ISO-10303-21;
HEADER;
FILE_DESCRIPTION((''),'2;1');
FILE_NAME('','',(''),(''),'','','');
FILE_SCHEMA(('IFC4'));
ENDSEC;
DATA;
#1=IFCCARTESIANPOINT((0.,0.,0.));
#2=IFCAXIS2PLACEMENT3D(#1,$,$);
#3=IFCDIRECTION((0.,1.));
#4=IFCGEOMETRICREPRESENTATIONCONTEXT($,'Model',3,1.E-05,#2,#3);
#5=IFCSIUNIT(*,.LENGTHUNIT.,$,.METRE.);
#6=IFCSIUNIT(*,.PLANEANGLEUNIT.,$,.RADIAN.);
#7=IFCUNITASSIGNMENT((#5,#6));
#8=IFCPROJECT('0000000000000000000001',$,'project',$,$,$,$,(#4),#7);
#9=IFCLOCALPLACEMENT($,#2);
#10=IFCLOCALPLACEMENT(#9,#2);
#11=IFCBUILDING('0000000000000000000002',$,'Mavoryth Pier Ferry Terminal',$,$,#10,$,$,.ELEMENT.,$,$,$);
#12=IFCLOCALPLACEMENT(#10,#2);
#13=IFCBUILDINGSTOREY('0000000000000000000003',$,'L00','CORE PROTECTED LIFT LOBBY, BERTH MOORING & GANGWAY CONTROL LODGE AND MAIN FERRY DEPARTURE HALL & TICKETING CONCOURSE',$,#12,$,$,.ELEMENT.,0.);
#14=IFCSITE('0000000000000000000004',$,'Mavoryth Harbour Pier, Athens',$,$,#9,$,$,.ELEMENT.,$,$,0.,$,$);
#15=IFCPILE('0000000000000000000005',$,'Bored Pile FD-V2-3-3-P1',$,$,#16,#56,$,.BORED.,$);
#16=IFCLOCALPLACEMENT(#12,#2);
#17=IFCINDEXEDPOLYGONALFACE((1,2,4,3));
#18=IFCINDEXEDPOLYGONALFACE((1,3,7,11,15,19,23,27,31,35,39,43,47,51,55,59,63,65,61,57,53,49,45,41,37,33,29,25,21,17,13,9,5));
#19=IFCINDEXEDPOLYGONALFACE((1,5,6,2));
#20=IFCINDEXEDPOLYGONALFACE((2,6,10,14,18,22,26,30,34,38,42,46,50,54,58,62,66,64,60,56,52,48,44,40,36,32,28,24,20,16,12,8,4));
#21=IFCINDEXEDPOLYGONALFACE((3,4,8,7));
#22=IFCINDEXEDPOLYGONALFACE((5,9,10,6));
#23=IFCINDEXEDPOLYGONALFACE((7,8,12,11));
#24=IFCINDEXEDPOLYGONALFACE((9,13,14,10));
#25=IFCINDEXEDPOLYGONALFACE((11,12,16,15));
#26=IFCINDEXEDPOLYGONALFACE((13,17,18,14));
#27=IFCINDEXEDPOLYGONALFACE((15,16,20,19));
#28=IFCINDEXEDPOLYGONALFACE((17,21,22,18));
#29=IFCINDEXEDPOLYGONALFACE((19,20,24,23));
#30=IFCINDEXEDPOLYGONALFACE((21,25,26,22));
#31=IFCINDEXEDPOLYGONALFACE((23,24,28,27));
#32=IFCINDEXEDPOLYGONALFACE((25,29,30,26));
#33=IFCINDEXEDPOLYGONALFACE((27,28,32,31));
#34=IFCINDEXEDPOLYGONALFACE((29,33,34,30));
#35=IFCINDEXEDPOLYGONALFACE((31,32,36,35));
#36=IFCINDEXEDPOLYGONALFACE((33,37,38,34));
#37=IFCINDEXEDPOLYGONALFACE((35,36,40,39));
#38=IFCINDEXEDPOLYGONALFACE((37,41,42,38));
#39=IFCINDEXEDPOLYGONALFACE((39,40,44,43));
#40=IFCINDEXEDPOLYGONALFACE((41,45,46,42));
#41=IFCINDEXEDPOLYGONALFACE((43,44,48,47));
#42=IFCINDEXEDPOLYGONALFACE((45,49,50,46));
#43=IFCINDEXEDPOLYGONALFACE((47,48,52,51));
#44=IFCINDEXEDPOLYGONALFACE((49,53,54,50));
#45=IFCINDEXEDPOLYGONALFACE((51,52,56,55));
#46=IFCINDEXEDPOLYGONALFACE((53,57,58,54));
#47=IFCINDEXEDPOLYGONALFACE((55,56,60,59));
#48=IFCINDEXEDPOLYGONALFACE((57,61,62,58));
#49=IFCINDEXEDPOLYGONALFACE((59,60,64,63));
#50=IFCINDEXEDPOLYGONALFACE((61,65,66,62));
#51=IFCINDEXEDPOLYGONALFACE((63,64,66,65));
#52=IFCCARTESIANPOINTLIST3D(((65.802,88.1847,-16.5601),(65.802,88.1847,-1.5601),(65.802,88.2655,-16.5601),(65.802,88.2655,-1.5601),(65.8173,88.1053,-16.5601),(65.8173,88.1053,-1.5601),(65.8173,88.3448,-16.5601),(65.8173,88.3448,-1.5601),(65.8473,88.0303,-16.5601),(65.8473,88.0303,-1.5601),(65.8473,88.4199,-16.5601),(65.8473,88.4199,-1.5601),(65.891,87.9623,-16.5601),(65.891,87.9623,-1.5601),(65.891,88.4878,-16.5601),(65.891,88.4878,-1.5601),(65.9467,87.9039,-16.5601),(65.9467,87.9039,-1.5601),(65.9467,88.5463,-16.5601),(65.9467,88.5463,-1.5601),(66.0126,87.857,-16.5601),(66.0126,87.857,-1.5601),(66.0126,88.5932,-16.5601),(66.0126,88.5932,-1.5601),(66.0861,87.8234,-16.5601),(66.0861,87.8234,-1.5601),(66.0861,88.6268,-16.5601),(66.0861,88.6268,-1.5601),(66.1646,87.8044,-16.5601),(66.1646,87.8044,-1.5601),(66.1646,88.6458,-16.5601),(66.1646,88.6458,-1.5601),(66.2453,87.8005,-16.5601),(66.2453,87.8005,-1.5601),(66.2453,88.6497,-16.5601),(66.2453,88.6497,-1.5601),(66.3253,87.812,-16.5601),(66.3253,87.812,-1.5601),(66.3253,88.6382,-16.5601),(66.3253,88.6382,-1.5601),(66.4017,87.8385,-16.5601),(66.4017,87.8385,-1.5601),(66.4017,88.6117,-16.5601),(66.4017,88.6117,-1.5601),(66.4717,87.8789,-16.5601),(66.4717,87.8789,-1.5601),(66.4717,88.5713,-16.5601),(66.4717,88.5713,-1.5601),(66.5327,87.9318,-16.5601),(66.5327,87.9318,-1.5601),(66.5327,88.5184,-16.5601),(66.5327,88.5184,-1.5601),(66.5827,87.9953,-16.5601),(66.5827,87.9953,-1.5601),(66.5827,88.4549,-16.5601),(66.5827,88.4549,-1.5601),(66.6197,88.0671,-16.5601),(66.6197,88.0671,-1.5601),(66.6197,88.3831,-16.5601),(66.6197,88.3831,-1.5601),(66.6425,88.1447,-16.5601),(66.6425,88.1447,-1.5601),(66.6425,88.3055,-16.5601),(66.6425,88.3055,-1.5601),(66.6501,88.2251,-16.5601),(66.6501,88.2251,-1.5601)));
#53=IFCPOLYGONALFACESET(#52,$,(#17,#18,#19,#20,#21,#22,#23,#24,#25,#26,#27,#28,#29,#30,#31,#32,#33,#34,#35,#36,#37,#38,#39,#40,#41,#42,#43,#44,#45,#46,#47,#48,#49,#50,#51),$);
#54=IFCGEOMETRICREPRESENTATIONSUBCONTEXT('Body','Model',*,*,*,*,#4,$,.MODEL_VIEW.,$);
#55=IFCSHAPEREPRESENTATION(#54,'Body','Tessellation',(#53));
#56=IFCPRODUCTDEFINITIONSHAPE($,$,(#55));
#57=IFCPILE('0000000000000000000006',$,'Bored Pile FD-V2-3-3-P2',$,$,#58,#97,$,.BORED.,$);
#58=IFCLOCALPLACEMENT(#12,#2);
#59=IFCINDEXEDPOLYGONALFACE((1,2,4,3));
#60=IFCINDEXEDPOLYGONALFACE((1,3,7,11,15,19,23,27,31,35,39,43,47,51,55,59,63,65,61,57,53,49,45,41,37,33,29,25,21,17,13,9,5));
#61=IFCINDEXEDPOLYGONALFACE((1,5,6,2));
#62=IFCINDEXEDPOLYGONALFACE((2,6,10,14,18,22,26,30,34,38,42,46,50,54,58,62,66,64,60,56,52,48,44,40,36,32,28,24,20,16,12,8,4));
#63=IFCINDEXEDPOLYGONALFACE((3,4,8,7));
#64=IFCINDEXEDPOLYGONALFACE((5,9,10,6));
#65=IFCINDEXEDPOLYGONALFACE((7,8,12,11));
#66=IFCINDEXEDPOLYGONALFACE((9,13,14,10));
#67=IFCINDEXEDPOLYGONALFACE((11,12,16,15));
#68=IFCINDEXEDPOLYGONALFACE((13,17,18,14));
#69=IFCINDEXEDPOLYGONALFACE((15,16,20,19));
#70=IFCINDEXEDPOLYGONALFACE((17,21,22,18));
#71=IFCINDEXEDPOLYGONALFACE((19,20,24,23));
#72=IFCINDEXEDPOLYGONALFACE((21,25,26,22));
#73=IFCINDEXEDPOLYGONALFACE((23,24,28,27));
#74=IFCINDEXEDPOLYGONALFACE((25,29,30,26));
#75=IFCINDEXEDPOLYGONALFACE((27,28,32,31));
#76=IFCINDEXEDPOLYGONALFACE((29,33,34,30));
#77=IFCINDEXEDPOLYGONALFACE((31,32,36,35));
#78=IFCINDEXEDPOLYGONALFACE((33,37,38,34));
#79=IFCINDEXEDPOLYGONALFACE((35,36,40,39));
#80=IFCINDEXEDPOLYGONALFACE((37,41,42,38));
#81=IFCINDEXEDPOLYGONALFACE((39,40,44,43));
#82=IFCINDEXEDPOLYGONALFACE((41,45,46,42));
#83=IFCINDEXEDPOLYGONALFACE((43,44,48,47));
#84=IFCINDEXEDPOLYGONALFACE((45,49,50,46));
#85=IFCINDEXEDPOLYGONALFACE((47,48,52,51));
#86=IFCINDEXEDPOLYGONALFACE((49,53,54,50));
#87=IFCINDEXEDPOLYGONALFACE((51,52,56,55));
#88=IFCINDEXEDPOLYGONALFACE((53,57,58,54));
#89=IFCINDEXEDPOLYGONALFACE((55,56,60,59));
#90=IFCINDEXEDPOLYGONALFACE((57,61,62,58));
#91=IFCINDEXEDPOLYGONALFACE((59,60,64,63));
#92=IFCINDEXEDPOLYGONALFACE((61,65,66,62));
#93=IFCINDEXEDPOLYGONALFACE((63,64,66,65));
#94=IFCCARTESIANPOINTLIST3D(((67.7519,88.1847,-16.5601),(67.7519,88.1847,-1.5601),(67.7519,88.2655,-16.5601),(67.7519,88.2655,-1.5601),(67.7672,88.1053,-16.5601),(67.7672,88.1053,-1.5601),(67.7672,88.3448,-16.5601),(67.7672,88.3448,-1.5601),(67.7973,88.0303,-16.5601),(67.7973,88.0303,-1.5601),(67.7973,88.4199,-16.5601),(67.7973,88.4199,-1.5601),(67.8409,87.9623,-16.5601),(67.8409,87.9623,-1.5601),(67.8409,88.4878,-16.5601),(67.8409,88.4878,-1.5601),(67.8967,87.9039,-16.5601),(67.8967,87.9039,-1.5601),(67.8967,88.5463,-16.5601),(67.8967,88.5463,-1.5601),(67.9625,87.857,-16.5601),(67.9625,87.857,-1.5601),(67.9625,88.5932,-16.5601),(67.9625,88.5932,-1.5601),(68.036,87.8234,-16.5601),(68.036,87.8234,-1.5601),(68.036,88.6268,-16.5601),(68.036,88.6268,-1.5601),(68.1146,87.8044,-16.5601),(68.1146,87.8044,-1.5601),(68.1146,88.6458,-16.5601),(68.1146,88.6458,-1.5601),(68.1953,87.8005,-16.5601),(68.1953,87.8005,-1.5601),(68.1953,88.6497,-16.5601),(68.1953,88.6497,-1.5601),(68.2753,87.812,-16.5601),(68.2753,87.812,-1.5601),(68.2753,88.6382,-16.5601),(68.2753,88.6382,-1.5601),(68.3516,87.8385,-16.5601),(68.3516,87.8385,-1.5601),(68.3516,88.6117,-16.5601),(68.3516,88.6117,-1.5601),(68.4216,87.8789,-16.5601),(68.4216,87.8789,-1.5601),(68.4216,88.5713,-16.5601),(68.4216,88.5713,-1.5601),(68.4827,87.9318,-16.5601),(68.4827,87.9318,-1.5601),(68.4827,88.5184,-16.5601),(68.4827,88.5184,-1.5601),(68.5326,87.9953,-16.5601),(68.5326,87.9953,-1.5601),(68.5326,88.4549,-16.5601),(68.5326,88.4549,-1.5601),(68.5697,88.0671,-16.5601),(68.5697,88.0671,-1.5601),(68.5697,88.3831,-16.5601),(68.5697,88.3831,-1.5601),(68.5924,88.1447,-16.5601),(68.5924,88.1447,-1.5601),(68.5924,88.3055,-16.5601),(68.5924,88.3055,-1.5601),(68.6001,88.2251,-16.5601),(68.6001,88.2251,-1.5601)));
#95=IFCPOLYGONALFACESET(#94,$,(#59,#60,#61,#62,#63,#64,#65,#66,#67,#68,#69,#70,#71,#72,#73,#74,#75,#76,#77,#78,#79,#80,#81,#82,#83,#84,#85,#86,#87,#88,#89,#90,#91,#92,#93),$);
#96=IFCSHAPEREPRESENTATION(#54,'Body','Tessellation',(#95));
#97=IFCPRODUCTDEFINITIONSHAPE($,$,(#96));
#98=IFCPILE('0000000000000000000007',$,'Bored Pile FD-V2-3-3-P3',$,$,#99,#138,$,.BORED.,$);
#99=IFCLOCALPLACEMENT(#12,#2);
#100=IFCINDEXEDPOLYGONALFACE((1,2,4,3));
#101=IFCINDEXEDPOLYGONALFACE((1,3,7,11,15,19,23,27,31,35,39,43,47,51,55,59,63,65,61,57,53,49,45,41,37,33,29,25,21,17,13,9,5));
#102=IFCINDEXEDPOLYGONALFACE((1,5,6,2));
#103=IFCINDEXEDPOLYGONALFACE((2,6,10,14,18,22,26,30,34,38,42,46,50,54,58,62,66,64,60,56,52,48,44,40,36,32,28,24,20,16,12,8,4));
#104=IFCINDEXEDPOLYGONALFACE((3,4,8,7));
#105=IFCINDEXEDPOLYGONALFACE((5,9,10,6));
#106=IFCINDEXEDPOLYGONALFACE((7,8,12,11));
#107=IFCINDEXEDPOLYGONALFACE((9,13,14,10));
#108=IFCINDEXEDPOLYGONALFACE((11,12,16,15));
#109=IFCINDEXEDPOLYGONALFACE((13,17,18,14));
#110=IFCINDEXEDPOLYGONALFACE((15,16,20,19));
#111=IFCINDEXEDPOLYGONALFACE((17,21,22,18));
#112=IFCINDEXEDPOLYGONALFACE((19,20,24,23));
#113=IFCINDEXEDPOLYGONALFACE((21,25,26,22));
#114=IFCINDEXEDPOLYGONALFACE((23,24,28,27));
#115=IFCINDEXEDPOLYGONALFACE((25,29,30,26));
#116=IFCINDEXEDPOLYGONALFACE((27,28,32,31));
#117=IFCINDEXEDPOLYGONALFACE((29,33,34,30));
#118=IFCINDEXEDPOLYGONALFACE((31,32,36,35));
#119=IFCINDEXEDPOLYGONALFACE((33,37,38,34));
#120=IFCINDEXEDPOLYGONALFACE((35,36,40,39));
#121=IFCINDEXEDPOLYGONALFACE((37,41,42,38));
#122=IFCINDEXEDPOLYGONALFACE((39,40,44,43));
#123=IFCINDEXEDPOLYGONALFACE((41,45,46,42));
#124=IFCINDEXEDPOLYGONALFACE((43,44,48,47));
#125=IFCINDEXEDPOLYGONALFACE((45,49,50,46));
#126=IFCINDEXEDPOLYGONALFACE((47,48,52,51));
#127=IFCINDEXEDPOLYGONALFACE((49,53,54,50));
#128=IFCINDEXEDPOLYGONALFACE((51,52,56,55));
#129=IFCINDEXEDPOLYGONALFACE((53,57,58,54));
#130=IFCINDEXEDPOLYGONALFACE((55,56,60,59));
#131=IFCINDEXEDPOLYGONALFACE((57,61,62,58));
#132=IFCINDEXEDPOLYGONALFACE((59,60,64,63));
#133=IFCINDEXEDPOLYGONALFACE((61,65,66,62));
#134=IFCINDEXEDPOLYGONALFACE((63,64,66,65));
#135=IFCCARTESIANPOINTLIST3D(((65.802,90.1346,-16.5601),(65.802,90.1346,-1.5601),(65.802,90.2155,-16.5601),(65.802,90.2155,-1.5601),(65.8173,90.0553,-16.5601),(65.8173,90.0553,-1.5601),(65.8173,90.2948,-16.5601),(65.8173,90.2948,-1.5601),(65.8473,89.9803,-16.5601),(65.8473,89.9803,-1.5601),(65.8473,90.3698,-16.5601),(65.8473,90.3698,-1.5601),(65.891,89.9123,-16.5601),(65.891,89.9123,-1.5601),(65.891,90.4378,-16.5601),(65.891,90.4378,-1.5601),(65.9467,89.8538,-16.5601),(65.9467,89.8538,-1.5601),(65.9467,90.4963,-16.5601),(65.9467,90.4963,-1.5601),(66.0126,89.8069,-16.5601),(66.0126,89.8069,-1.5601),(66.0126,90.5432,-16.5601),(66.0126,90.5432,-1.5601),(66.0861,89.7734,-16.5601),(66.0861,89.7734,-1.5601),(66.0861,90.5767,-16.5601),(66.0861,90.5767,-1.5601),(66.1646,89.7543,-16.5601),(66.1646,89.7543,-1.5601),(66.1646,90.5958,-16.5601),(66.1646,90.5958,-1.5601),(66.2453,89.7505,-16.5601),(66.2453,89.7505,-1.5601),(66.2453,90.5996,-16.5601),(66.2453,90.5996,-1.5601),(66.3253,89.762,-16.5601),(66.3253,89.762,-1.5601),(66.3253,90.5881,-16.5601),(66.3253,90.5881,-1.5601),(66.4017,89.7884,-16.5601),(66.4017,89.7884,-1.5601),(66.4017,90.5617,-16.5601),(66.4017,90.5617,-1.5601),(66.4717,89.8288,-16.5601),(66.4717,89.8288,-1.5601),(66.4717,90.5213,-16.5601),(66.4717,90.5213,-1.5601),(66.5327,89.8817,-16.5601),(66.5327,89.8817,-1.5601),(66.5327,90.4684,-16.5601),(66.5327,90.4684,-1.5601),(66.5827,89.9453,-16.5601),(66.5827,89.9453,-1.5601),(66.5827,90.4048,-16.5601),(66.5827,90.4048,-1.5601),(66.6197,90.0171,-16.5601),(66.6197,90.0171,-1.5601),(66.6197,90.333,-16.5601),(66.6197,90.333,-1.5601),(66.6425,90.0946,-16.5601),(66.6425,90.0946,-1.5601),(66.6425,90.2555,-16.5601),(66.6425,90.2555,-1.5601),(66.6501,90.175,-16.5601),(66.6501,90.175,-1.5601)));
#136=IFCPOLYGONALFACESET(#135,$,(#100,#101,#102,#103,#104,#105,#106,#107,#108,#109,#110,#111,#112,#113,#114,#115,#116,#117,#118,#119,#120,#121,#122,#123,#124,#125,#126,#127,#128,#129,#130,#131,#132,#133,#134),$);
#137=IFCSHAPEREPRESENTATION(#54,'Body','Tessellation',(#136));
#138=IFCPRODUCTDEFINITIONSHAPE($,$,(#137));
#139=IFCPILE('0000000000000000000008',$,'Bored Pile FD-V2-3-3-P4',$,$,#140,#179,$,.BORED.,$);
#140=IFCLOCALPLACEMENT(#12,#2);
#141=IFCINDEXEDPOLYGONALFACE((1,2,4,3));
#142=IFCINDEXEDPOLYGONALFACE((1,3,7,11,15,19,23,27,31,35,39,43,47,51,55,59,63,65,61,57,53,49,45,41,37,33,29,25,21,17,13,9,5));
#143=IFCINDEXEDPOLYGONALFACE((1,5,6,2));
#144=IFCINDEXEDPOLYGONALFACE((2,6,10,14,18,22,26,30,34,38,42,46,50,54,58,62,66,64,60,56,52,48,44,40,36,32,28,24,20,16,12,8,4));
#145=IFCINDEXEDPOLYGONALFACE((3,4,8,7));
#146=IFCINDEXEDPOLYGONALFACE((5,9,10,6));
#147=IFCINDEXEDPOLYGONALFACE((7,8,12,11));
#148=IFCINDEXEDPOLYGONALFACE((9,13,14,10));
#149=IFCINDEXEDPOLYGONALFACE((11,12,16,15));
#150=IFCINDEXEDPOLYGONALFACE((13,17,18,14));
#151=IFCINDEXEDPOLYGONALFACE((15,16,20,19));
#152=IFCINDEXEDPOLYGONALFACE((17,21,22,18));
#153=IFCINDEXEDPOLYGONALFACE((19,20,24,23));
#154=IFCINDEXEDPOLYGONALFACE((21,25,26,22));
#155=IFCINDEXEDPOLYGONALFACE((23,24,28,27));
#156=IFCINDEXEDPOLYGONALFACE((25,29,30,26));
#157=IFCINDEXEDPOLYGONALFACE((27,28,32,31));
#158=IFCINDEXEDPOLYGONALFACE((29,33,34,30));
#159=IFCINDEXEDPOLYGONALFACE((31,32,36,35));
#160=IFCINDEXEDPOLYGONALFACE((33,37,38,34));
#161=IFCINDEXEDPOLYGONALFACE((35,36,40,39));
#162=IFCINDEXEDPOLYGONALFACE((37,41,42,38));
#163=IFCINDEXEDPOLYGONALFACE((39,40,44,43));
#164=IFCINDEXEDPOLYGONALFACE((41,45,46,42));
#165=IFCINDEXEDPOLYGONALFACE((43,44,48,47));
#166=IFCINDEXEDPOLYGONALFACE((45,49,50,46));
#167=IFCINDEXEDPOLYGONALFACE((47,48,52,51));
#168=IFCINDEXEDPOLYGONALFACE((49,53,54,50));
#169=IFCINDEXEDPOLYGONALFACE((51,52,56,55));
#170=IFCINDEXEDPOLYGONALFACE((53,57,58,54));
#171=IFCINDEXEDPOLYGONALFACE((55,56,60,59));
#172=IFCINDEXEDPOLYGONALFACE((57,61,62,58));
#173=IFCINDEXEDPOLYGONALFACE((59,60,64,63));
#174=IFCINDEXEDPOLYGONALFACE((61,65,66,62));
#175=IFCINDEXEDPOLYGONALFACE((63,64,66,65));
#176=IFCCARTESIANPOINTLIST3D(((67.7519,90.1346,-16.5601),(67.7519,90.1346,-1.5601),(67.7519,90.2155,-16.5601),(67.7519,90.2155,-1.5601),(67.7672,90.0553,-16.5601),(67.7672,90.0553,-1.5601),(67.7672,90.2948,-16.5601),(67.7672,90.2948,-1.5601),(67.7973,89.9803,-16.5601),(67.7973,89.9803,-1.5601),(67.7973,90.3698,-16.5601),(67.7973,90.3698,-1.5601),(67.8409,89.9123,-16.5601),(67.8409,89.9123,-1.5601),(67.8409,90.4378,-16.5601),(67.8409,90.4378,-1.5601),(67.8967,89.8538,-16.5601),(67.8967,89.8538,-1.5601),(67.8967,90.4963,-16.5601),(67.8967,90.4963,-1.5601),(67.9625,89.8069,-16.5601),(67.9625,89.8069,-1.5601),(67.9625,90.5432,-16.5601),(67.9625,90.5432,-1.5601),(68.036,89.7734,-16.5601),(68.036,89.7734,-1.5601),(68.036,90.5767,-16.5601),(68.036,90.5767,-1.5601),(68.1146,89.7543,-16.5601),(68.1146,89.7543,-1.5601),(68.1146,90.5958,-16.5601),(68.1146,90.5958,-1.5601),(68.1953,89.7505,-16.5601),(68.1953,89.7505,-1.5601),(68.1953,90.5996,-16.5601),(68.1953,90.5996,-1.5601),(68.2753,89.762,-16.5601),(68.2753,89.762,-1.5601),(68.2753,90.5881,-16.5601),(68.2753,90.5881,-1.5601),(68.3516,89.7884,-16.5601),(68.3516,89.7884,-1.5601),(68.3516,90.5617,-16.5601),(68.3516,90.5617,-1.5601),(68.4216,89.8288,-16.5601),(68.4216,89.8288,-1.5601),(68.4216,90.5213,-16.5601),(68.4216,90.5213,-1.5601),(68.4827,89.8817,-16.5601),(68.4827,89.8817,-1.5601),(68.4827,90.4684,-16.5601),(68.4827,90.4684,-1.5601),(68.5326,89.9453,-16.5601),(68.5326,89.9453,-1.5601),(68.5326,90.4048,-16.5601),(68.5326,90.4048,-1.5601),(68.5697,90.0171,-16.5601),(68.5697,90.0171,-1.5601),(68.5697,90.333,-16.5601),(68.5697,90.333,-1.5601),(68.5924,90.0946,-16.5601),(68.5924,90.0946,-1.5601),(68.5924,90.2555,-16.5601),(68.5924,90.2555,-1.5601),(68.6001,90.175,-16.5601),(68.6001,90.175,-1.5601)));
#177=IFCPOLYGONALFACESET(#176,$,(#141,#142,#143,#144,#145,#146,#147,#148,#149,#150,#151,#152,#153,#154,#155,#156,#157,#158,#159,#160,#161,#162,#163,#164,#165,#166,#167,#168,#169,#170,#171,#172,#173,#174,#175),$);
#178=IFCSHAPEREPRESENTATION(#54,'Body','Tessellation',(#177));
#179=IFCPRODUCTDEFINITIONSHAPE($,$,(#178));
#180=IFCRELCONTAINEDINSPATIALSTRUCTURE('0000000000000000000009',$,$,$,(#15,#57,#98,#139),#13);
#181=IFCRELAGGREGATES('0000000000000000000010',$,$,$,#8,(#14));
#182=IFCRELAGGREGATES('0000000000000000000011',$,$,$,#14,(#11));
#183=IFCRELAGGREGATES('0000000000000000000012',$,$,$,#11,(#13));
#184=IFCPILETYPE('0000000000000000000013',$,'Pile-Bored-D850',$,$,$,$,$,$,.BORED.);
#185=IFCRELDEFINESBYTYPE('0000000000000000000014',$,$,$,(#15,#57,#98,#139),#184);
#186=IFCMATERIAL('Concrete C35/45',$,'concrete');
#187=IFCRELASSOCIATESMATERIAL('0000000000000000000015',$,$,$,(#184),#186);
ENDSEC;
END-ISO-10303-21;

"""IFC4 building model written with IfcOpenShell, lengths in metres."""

from ifc_helpers import new_model, si_unit, direction, frame, origin, origin_2d, place, context, subcontext, project, spatial, circle, extrude, material, material_profile, profile_set, type_object, element, save


model = new_model("IFC4")

# Units and contexts
model_context = context("Model", 3, precision=1e-05, world=origin(), true_north=direction((0.0, 1.0)))
body_context = subcontext(model_context, "Body", "Model", "MODEL_VIEW")
ifc_project = project(units=[si_unit("LENGTHUNIT", "METRE"), si_unit("PLANEANGLEUNIT", "RADIAN")], contexts=[model_context])

# Site, building, storey
site_placement = place(None, origin())
site = spatial("IfcSite", under=ifc_project, at=site_placement, Name="Mavoryth Harbour Pier, Athens", CompositionType="ELEMENT", RefElevation=0.0)
building_placement = place(site_placement, origin())
building = spatial("IfcBuilding", under=site, at=building_placement, Name="Mavoryth Pier Ferry Terminal", CompositionType="ELEMENT")
storey_placement = place(building_placement, origin())
storey = spatial("IfcBuildingStorey", under=building, at=storey_placement, Name="L00", Description="CORE PROTECTED LIFT LOBBY, BERTH MOORING & GANGWAY CONTROL LODGE AND MAIN FERRY DEPARTURE HALL & TICKETING CONCOURSE", CompositionType="ELEMENT", Elevation=0.0)

# Shared definitions
ifc_material_1 = material(Name="Concrete C35/45", Category="concrete")

# Piles
ifc_material_profile_1 = material_profile(ifc_material_1, circle(Radius=0.425, at=origin_2d()), Name="PILE D850", Category="concrete")
ifc_profile_set_1 = profile_set([ifc_material_profile_1], Name="Concrete C35/45 - PILE D850")
pile_type = type_object("IfcPileType", Name="Pile-Bored-D850", PredefinedType="BORED", material=ifc_profile_set_1)
for number, where, z_axis, x_axis, name in (
    (1, (66.2251, 88.2251, -1.5601), (0.0, 0.0, -1.0), (1.0, 0.0, 0.0), "Bored Pile FD-V2-3-3-P1"),
    (2, (68.175, 88.2251, -1.5601), (0.0, 0.0, -1.0), (1.0, 0.0, 0.0), "Bored Pile FD-V2-3-3-P2"),
    (3, (66.2251, 90.175, -1.5601), (0.0, 0.0, -1.0), (1.0, 0.0, 0.0), "Bored Pile FD-V2-3-3-P3"),
    (4, (68.175, 90.175, -1.5601), (0.0, 0.0, -1.0), (1.0, 0.0, 0.0), "Bored Pile FD-V2-3-3-P4"),
):
    element("IfcPile", number, at=place(storey_placement, frame(where, z_axis=z_axis, x_axis=x_axis)), inside=storey, type_object=pile_type, Name=name, PredefinedType="BORED", context=body_context, shape_type="SweptSolid", body=[
        extrude(circle(Radius=0.425, at=origin_2d()), origin(), (0.0, 0.0, 1.0), 15.0),
    ])

save(model, "model.ifc")
